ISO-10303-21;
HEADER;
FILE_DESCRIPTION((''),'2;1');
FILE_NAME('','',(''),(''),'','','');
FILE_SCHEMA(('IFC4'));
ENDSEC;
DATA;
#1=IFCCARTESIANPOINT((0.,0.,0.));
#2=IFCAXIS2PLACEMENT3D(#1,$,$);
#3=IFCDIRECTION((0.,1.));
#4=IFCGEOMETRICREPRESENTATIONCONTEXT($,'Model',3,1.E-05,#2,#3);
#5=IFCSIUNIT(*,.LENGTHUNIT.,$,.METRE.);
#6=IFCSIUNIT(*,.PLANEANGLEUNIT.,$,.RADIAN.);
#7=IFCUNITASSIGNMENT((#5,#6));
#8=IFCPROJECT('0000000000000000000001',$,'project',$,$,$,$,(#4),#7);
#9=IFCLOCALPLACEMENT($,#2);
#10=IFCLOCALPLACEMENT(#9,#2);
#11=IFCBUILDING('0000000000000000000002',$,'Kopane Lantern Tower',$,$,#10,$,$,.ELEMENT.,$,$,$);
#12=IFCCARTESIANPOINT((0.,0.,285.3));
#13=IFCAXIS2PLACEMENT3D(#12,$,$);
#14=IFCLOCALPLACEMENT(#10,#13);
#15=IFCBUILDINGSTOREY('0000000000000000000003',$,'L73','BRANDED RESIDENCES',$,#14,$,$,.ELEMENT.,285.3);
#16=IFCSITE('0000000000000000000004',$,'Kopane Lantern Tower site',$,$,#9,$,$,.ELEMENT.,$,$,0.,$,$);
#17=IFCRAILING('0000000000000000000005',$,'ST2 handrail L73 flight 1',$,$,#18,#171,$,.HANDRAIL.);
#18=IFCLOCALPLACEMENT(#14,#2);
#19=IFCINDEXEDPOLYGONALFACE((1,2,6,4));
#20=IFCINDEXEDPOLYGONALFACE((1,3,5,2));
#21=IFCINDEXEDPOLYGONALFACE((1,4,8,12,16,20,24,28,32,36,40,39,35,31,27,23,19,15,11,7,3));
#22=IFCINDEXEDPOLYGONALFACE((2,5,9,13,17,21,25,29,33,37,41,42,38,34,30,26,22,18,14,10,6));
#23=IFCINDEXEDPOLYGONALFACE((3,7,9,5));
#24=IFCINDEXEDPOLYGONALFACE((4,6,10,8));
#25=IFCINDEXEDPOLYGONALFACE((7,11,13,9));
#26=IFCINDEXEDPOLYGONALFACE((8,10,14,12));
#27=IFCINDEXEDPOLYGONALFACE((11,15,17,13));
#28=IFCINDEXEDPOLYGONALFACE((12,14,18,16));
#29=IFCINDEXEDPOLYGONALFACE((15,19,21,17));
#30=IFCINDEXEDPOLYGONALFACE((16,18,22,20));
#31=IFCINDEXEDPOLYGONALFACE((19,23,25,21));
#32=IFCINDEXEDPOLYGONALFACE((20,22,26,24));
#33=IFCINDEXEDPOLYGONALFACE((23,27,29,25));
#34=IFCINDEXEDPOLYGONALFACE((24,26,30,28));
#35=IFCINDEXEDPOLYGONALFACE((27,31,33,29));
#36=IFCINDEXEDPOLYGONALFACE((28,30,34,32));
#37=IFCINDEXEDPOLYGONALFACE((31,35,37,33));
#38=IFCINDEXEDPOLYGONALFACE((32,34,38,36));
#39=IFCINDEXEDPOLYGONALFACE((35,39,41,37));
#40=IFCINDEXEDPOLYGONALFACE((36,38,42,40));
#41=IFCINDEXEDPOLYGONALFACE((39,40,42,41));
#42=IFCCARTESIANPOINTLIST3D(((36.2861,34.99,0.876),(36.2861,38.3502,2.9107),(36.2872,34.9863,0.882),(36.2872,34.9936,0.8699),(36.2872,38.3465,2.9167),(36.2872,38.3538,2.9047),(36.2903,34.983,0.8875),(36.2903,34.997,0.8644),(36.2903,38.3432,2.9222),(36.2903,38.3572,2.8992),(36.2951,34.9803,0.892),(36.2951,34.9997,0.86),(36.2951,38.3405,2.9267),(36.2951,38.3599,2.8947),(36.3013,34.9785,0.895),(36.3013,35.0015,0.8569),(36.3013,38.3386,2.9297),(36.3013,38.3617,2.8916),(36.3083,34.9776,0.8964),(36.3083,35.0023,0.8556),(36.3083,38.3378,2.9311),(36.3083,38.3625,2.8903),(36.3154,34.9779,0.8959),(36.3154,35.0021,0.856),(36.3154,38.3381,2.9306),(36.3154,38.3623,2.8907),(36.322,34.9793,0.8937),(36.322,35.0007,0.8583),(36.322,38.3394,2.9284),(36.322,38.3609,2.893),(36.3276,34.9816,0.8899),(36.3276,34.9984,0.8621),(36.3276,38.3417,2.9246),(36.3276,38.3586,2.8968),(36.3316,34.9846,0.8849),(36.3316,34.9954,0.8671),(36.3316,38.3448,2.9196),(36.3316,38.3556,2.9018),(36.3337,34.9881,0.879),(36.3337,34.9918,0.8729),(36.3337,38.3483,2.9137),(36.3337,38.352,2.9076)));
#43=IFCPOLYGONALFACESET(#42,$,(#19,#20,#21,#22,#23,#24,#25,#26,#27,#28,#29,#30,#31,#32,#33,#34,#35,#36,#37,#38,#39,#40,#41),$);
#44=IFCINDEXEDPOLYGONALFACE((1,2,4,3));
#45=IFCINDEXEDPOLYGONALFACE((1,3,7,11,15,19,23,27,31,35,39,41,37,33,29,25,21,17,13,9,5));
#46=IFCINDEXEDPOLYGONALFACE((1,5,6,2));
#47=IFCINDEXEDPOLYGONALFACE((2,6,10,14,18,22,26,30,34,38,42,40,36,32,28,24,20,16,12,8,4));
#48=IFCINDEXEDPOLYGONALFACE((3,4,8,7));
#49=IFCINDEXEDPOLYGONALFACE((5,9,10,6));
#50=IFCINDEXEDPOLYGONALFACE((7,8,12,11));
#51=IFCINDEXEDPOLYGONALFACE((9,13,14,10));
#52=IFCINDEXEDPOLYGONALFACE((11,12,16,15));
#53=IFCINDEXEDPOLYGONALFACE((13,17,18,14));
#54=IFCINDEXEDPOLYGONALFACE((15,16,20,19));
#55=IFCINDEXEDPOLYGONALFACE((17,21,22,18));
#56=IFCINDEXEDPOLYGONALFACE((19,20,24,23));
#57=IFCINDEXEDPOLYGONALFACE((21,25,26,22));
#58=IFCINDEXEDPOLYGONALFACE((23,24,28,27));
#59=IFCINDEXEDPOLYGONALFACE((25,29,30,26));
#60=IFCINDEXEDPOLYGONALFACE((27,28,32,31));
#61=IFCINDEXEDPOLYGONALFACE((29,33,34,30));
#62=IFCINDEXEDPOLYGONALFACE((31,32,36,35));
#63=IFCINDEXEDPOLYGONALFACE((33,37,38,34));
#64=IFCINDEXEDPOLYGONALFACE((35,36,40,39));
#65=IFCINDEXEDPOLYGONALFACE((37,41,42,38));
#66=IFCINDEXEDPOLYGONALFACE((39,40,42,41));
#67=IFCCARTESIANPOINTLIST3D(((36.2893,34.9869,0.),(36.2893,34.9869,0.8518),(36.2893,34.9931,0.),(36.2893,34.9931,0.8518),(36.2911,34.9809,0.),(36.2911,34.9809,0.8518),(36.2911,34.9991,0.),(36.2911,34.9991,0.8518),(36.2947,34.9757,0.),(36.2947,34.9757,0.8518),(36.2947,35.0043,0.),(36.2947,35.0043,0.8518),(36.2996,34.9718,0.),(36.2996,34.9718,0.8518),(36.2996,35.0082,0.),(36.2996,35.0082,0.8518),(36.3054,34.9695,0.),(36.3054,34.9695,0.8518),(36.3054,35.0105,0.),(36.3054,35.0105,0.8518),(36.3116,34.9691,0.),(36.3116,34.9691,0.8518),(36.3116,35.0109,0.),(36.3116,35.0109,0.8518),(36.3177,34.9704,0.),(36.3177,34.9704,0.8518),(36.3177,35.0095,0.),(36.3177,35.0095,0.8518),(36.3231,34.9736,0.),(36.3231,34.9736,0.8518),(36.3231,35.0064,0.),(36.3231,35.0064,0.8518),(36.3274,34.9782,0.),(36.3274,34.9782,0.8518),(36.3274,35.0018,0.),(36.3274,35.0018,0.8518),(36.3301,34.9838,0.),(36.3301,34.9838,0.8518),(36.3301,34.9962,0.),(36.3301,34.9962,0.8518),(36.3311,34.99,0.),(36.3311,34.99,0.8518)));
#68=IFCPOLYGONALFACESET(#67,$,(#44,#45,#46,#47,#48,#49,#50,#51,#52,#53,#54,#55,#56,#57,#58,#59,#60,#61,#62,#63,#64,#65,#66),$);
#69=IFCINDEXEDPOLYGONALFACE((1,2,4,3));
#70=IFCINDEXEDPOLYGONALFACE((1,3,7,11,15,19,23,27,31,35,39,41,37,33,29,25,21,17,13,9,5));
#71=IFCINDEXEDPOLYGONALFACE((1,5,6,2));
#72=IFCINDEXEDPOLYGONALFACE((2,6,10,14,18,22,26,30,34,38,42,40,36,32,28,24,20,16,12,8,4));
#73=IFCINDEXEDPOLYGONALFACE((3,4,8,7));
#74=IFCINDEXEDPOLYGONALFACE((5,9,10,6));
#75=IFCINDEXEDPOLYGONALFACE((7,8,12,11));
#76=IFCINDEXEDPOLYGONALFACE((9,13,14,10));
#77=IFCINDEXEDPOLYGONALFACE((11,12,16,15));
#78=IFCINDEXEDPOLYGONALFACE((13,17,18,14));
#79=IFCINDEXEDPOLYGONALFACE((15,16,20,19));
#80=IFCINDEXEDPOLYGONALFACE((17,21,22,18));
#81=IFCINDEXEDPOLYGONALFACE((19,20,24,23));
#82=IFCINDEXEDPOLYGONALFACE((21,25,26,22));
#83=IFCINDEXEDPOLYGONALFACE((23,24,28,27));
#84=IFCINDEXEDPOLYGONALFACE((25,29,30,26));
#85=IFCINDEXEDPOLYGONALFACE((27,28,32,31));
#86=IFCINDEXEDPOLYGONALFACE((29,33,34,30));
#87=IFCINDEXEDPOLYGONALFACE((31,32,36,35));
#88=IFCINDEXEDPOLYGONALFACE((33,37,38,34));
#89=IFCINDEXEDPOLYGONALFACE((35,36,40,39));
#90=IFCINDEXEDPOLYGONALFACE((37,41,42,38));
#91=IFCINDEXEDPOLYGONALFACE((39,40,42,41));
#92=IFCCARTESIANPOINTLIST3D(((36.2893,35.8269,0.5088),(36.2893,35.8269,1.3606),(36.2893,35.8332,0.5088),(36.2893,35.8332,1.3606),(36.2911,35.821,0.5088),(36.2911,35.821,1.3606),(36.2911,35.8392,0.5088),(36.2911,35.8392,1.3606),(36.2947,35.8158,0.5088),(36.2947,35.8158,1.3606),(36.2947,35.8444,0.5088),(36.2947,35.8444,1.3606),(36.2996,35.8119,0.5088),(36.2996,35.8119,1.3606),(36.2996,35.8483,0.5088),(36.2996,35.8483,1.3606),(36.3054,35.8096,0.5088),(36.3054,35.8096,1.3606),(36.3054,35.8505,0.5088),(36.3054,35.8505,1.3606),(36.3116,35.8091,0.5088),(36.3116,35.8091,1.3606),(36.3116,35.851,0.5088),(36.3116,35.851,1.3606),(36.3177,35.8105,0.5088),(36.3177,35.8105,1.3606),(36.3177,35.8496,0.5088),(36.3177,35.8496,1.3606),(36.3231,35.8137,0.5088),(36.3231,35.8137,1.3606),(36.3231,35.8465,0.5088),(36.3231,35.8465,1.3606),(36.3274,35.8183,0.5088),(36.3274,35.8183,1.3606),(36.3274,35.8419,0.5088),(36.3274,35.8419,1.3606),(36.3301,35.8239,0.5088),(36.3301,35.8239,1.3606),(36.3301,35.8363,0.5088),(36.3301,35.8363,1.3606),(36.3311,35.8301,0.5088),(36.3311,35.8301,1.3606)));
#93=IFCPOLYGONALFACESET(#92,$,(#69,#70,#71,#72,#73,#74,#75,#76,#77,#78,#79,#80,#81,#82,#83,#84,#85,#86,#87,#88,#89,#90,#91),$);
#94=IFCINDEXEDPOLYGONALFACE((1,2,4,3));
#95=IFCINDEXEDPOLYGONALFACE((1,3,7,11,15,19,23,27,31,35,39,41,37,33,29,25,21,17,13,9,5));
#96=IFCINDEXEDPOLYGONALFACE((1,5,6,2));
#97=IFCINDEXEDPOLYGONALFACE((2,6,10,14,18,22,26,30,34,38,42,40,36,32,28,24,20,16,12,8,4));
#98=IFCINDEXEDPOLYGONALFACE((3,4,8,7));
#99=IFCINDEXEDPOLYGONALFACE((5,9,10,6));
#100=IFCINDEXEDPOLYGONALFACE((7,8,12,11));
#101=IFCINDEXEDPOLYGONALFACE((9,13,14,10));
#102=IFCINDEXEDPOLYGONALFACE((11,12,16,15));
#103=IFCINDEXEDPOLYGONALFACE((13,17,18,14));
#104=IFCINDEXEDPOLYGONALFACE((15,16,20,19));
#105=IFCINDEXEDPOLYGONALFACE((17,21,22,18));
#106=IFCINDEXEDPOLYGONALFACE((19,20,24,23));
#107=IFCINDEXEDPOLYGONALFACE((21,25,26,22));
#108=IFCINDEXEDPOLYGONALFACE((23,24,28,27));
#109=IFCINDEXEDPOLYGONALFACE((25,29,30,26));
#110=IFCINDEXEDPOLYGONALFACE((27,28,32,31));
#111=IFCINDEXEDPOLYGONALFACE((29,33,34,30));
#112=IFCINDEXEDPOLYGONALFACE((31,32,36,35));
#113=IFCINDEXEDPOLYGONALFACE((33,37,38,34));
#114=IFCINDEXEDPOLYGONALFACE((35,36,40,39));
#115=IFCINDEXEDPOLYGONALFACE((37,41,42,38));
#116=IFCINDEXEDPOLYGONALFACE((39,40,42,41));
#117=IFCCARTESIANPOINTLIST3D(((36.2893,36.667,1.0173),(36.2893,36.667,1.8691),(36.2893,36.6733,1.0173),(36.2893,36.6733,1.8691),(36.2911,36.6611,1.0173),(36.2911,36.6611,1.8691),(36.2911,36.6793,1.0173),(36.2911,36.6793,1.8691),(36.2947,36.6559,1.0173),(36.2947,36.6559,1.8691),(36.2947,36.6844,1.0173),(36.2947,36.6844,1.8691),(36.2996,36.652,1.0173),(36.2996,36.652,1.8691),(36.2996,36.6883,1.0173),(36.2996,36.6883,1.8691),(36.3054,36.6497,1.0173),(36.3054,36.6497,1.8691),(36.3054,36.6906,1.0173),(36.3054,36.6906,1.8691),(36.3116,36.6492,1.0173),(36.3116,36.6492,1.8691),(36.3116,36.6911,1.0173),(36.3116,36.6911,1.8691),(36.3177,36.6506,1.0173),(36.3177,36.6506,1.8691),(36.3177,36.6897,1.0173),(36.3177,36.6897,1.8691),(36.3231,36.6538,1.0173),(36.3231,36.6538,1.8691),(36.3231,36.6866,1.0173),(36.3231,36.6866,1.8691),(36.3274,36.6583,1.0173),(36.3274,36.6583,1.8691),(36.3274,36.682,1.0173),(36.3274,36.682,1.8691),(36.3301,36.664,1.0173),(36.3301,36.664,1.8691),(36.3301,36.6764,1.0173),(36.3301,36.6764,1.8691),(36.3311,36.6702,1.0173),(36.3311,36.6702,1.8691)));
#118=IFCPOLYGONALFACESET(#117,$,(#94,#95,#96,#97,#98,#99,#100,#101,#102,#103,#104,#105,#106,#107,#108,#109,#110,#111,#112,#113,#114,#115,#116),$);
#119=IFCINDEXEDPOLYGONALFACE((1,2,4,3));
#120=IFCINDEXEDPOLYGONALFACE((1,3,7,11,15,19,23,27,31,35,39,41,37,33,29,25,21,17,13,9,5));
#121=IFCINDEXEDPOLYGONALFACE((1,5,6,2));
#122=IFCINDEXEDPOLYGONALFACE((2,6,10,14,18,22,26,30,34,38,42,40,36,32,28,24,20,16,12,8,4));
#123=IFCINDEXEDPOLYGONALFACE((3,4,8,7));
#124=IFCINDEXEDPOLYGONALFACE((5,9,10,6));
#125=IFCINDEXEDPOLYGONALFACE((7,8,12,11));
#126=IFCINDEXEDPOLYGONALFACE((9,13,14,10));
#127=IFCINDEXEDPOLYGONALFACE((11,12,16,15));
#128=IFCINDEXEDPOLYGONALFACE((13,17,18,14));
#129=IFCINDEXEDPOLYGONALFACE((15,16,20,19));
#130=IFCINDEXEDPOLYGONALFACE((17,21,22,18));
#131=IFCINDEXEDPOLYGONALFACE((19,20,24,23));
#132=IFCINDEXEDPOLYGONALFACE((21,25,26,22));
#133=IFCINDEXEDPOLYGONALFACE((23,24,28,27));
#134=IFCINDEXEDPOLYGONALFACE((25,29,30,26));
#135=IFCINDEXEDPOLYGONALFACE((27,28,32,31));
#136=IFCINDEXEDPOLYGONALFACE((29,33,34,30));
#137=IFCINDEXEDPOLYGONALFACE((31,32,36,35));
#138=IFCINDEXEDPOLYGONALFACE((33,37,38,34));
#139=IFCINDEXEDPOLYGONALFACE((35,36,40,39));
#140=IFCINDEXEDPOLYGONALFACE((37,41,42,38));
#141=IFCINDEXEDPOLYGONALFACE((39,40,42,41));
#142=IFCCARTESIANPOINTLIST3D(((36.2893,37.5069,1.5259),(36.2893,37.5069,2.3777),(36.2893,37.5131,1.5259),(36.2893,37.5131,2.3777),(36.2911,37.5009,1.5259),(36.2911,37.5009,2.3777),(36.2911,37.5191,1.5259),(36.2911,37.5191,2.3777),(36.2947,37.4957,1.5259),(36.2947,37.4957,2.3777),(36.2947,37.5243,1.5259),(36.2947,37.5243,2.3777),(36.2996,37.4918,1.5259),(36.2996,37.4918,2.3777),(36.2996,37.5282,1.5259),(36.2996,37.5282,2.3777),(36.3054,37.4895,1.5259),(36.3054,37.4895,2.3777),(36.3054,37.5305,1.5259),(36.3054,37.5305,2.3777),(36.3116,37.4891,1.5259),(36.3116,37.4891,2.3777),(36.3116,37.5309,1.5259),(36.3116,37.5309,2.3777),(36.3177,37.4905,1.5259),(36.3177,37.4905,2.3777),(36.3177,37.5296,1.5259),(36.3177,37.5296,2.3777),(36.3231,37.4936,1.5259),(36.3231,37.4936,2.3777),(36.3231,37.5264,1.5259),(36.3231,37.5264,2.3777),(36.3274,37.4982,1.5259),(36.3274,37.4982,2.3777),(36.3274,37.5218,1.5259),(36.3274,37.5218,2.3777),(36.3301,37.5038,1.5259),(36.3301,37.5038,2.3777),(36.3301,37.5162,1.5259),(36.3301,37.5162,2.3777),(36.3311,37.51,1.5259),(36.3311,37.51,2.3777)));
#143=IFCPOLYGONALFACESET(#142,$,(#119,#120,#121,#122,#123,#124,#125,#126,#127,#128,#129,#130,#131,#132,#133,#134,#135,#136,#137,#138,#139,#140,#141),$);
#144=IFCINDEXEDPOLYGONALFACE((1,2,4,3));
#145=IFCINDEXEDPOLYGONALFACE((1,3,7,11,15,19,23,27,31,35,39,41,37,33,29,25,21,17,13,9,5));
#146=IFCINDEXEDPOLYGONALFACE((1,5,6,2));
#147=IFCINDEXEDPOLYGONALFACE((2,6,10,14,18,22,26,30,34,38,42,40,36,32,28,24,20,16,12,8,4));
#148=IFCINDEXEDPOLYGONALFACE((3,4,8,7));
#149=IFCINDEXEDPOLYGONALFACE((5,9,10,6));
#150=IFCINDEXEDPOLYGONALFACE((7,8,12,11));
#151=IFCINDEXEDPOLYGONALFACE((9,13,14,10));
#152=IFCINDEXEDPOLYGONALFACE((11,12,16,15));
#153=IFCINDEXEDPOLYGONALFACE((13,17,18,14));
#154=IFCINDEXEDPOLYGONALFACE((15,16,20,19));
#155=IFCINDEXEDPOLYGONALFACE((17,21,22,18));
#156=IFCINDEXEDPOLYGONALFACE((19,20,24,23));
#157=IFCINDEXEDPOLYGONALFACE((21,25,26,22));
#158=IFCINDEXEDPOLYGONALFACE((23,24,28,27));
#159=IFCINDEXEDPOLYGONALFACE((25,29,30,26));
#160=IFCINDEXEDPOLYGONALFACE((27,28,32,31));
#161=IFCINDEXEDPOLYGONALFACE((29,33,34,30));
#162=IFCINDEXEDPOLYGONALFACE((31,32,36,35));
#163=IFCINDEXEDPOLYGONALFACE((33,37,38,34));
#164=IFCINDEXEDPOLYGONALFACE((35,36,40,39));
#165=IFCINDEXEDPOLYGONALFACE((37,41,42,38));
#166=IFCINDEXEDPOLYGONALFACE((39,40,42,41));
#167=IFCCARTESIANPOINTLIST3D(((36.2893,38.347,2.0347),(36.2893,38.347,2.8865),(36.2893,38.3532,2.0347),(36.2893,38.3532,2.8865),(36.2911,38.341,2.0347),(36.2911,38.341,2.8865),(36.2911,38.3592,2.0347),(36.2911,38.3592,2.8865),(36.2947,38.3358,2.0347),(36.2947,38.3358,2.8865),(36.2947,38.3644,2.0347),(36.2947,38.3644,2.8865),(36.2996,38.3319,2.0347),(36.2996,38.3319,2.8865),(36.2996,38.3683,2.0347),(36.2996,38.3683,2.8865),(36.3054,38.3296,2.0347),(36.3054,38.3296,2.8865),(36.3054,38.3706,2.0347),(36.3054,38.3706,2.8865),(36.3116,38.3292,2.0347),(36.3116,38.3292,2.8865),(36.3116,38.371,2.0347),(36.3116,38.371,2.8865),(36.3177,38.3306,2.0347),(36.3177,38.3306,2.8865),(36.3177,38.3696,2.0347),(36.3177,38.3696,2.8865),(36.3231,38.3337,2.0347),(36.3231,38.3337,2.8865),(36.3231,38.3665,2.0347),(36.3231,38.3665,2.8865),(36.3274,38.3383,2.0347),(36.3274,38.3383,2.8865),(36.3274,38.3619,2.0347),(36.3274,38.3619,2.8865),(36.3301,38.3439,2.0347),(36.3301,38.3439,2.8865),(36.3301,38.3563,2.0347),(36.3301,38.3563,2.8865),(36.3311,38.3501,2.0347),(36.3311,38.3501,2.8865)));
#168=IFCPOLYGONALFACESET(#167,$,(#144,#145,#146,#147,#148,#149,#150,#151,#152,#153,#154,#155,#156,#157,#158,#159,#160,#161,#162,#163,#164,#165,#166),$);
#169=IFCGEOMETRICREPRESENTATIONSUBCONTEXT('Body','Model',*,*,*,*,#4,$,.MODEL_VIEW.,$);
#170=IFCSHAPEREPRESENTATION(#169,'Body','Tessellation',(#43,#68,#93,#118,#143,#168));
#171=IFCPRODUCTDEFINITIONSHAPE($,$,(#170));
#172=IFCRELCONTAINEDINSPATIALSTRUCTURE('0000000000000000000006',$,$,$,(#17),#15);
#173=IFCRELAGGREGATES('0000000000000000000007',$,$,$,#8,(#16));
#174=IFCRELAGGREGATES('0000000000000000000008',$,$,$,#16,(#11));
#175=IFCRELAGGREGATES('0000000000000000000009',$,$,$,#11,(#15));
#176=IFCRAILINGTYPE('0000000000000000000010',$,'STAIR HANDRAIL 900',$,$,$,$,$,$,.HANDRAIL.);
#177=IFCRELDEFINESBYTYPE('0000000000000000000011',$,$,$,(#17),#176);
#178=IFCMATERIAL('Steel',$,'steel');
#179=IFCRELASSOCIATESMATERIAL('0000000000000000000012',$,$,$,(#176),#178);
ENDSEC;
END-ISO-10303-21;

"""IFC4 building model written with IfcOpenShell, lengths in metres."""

from ifc_helpers import new_model, si_unit, direction, frame, origin, origin_2d, place, context, subcontext, project, spatial, circle, extrude, material, type_object, element, save


model = new_model("IFC4")

# Units and contexts
model_context = context("Model", 3, precision=1e-05, world=origin(), true_north=direction((0.0, 1.0)))
body_context = subcontext(model_context, "Body", "Model", "MODEL_VIEW")
ifc_project = project(units=[si_unit("LENGTHUNIT", "METRE"), si_unit("PLANEANGLEUNIT", "RADIAN")], contexts=[model_context])

# Site, building, storey
site_placement = place(None, origin())
site = spatial("IfcSite", under=ifc_project, at=site_placement, Name="Kopane Lantern Tower site", CompositionType="ELEMENT", RefElevation=0.0)
building_placement = place(site_placement, origin())
building = spatial("IfcBuilding", under=site, at=building_placement, Name="Kopane Lantern Tower", CompositionType="ELEMENT")
storey_placement = place(building_placement, frame((0.0, 0.0, 285.3)))
storey = spatial("IfcBuildingStorey", under=building, at=storey_placement, Name="L73", Description="BRANDED RESIDENCES", CompositionType="ELEMENT", Elevation=285.3)

# Railing
ifc_material_1 = material(Name="Steel", Category="steel")
railing_type_1 = type_object("IfcRailingType", Name="STAIR HANDRAIL 900", PredefinedType="HANDRAIL", material=ifc_material_1)
for number, where, name in (
    (1, (36.3101, 34.99, 0.0), "ST2 handrail L73 flight 1"),
):
    element("IfcRailing", number, at=place(storey_placement, frame(where)), inside=storey, type_object=railing_type_1, Name=name, PredefinedType="HANDRAIL", context=body_context, shape_type="SweptSolid", body=[
        extrude(circle(Radius=0.0239, at=origin_2d()), frame((0.0, 0.0, 0.876), z_axis=(0.0, 0.855396, 0.517974), x_axis=(-1.0, 0.0, 0.0)), (0.0, 0.0, 1.0), 3.9282),
        extrude(circle(Radius=0.021, at=origin_2d()), origin(), (0.0, 0.0, 1.0), 0.8518),
        extrude(circle(Radius=0.021, at=origin_2d()), frame((0.0, 0.8401, 0.5088)), (0.0, 0.0, 1.0), 0.8518),
        extrude(circle(Radius=0.021, at=origin_2d()), frame((0.0, 1.6802, 1.0173)), (0.0, 0.0, 1.0), 0.8518),
        extrude(circle(Radius=0.021, at=origin_2d()), frame((0.0, 2.52, 1.5259)), (0.0, 0.0, 1.0), 0.8518),
        extrude(circle(Radius=0.021, at=origin_2d()), frame((0.0, 3.3601, 2.0347)), (0.0, 0.0, 1.0), 0.8518),
    ])

save(model, "model.ifc")
